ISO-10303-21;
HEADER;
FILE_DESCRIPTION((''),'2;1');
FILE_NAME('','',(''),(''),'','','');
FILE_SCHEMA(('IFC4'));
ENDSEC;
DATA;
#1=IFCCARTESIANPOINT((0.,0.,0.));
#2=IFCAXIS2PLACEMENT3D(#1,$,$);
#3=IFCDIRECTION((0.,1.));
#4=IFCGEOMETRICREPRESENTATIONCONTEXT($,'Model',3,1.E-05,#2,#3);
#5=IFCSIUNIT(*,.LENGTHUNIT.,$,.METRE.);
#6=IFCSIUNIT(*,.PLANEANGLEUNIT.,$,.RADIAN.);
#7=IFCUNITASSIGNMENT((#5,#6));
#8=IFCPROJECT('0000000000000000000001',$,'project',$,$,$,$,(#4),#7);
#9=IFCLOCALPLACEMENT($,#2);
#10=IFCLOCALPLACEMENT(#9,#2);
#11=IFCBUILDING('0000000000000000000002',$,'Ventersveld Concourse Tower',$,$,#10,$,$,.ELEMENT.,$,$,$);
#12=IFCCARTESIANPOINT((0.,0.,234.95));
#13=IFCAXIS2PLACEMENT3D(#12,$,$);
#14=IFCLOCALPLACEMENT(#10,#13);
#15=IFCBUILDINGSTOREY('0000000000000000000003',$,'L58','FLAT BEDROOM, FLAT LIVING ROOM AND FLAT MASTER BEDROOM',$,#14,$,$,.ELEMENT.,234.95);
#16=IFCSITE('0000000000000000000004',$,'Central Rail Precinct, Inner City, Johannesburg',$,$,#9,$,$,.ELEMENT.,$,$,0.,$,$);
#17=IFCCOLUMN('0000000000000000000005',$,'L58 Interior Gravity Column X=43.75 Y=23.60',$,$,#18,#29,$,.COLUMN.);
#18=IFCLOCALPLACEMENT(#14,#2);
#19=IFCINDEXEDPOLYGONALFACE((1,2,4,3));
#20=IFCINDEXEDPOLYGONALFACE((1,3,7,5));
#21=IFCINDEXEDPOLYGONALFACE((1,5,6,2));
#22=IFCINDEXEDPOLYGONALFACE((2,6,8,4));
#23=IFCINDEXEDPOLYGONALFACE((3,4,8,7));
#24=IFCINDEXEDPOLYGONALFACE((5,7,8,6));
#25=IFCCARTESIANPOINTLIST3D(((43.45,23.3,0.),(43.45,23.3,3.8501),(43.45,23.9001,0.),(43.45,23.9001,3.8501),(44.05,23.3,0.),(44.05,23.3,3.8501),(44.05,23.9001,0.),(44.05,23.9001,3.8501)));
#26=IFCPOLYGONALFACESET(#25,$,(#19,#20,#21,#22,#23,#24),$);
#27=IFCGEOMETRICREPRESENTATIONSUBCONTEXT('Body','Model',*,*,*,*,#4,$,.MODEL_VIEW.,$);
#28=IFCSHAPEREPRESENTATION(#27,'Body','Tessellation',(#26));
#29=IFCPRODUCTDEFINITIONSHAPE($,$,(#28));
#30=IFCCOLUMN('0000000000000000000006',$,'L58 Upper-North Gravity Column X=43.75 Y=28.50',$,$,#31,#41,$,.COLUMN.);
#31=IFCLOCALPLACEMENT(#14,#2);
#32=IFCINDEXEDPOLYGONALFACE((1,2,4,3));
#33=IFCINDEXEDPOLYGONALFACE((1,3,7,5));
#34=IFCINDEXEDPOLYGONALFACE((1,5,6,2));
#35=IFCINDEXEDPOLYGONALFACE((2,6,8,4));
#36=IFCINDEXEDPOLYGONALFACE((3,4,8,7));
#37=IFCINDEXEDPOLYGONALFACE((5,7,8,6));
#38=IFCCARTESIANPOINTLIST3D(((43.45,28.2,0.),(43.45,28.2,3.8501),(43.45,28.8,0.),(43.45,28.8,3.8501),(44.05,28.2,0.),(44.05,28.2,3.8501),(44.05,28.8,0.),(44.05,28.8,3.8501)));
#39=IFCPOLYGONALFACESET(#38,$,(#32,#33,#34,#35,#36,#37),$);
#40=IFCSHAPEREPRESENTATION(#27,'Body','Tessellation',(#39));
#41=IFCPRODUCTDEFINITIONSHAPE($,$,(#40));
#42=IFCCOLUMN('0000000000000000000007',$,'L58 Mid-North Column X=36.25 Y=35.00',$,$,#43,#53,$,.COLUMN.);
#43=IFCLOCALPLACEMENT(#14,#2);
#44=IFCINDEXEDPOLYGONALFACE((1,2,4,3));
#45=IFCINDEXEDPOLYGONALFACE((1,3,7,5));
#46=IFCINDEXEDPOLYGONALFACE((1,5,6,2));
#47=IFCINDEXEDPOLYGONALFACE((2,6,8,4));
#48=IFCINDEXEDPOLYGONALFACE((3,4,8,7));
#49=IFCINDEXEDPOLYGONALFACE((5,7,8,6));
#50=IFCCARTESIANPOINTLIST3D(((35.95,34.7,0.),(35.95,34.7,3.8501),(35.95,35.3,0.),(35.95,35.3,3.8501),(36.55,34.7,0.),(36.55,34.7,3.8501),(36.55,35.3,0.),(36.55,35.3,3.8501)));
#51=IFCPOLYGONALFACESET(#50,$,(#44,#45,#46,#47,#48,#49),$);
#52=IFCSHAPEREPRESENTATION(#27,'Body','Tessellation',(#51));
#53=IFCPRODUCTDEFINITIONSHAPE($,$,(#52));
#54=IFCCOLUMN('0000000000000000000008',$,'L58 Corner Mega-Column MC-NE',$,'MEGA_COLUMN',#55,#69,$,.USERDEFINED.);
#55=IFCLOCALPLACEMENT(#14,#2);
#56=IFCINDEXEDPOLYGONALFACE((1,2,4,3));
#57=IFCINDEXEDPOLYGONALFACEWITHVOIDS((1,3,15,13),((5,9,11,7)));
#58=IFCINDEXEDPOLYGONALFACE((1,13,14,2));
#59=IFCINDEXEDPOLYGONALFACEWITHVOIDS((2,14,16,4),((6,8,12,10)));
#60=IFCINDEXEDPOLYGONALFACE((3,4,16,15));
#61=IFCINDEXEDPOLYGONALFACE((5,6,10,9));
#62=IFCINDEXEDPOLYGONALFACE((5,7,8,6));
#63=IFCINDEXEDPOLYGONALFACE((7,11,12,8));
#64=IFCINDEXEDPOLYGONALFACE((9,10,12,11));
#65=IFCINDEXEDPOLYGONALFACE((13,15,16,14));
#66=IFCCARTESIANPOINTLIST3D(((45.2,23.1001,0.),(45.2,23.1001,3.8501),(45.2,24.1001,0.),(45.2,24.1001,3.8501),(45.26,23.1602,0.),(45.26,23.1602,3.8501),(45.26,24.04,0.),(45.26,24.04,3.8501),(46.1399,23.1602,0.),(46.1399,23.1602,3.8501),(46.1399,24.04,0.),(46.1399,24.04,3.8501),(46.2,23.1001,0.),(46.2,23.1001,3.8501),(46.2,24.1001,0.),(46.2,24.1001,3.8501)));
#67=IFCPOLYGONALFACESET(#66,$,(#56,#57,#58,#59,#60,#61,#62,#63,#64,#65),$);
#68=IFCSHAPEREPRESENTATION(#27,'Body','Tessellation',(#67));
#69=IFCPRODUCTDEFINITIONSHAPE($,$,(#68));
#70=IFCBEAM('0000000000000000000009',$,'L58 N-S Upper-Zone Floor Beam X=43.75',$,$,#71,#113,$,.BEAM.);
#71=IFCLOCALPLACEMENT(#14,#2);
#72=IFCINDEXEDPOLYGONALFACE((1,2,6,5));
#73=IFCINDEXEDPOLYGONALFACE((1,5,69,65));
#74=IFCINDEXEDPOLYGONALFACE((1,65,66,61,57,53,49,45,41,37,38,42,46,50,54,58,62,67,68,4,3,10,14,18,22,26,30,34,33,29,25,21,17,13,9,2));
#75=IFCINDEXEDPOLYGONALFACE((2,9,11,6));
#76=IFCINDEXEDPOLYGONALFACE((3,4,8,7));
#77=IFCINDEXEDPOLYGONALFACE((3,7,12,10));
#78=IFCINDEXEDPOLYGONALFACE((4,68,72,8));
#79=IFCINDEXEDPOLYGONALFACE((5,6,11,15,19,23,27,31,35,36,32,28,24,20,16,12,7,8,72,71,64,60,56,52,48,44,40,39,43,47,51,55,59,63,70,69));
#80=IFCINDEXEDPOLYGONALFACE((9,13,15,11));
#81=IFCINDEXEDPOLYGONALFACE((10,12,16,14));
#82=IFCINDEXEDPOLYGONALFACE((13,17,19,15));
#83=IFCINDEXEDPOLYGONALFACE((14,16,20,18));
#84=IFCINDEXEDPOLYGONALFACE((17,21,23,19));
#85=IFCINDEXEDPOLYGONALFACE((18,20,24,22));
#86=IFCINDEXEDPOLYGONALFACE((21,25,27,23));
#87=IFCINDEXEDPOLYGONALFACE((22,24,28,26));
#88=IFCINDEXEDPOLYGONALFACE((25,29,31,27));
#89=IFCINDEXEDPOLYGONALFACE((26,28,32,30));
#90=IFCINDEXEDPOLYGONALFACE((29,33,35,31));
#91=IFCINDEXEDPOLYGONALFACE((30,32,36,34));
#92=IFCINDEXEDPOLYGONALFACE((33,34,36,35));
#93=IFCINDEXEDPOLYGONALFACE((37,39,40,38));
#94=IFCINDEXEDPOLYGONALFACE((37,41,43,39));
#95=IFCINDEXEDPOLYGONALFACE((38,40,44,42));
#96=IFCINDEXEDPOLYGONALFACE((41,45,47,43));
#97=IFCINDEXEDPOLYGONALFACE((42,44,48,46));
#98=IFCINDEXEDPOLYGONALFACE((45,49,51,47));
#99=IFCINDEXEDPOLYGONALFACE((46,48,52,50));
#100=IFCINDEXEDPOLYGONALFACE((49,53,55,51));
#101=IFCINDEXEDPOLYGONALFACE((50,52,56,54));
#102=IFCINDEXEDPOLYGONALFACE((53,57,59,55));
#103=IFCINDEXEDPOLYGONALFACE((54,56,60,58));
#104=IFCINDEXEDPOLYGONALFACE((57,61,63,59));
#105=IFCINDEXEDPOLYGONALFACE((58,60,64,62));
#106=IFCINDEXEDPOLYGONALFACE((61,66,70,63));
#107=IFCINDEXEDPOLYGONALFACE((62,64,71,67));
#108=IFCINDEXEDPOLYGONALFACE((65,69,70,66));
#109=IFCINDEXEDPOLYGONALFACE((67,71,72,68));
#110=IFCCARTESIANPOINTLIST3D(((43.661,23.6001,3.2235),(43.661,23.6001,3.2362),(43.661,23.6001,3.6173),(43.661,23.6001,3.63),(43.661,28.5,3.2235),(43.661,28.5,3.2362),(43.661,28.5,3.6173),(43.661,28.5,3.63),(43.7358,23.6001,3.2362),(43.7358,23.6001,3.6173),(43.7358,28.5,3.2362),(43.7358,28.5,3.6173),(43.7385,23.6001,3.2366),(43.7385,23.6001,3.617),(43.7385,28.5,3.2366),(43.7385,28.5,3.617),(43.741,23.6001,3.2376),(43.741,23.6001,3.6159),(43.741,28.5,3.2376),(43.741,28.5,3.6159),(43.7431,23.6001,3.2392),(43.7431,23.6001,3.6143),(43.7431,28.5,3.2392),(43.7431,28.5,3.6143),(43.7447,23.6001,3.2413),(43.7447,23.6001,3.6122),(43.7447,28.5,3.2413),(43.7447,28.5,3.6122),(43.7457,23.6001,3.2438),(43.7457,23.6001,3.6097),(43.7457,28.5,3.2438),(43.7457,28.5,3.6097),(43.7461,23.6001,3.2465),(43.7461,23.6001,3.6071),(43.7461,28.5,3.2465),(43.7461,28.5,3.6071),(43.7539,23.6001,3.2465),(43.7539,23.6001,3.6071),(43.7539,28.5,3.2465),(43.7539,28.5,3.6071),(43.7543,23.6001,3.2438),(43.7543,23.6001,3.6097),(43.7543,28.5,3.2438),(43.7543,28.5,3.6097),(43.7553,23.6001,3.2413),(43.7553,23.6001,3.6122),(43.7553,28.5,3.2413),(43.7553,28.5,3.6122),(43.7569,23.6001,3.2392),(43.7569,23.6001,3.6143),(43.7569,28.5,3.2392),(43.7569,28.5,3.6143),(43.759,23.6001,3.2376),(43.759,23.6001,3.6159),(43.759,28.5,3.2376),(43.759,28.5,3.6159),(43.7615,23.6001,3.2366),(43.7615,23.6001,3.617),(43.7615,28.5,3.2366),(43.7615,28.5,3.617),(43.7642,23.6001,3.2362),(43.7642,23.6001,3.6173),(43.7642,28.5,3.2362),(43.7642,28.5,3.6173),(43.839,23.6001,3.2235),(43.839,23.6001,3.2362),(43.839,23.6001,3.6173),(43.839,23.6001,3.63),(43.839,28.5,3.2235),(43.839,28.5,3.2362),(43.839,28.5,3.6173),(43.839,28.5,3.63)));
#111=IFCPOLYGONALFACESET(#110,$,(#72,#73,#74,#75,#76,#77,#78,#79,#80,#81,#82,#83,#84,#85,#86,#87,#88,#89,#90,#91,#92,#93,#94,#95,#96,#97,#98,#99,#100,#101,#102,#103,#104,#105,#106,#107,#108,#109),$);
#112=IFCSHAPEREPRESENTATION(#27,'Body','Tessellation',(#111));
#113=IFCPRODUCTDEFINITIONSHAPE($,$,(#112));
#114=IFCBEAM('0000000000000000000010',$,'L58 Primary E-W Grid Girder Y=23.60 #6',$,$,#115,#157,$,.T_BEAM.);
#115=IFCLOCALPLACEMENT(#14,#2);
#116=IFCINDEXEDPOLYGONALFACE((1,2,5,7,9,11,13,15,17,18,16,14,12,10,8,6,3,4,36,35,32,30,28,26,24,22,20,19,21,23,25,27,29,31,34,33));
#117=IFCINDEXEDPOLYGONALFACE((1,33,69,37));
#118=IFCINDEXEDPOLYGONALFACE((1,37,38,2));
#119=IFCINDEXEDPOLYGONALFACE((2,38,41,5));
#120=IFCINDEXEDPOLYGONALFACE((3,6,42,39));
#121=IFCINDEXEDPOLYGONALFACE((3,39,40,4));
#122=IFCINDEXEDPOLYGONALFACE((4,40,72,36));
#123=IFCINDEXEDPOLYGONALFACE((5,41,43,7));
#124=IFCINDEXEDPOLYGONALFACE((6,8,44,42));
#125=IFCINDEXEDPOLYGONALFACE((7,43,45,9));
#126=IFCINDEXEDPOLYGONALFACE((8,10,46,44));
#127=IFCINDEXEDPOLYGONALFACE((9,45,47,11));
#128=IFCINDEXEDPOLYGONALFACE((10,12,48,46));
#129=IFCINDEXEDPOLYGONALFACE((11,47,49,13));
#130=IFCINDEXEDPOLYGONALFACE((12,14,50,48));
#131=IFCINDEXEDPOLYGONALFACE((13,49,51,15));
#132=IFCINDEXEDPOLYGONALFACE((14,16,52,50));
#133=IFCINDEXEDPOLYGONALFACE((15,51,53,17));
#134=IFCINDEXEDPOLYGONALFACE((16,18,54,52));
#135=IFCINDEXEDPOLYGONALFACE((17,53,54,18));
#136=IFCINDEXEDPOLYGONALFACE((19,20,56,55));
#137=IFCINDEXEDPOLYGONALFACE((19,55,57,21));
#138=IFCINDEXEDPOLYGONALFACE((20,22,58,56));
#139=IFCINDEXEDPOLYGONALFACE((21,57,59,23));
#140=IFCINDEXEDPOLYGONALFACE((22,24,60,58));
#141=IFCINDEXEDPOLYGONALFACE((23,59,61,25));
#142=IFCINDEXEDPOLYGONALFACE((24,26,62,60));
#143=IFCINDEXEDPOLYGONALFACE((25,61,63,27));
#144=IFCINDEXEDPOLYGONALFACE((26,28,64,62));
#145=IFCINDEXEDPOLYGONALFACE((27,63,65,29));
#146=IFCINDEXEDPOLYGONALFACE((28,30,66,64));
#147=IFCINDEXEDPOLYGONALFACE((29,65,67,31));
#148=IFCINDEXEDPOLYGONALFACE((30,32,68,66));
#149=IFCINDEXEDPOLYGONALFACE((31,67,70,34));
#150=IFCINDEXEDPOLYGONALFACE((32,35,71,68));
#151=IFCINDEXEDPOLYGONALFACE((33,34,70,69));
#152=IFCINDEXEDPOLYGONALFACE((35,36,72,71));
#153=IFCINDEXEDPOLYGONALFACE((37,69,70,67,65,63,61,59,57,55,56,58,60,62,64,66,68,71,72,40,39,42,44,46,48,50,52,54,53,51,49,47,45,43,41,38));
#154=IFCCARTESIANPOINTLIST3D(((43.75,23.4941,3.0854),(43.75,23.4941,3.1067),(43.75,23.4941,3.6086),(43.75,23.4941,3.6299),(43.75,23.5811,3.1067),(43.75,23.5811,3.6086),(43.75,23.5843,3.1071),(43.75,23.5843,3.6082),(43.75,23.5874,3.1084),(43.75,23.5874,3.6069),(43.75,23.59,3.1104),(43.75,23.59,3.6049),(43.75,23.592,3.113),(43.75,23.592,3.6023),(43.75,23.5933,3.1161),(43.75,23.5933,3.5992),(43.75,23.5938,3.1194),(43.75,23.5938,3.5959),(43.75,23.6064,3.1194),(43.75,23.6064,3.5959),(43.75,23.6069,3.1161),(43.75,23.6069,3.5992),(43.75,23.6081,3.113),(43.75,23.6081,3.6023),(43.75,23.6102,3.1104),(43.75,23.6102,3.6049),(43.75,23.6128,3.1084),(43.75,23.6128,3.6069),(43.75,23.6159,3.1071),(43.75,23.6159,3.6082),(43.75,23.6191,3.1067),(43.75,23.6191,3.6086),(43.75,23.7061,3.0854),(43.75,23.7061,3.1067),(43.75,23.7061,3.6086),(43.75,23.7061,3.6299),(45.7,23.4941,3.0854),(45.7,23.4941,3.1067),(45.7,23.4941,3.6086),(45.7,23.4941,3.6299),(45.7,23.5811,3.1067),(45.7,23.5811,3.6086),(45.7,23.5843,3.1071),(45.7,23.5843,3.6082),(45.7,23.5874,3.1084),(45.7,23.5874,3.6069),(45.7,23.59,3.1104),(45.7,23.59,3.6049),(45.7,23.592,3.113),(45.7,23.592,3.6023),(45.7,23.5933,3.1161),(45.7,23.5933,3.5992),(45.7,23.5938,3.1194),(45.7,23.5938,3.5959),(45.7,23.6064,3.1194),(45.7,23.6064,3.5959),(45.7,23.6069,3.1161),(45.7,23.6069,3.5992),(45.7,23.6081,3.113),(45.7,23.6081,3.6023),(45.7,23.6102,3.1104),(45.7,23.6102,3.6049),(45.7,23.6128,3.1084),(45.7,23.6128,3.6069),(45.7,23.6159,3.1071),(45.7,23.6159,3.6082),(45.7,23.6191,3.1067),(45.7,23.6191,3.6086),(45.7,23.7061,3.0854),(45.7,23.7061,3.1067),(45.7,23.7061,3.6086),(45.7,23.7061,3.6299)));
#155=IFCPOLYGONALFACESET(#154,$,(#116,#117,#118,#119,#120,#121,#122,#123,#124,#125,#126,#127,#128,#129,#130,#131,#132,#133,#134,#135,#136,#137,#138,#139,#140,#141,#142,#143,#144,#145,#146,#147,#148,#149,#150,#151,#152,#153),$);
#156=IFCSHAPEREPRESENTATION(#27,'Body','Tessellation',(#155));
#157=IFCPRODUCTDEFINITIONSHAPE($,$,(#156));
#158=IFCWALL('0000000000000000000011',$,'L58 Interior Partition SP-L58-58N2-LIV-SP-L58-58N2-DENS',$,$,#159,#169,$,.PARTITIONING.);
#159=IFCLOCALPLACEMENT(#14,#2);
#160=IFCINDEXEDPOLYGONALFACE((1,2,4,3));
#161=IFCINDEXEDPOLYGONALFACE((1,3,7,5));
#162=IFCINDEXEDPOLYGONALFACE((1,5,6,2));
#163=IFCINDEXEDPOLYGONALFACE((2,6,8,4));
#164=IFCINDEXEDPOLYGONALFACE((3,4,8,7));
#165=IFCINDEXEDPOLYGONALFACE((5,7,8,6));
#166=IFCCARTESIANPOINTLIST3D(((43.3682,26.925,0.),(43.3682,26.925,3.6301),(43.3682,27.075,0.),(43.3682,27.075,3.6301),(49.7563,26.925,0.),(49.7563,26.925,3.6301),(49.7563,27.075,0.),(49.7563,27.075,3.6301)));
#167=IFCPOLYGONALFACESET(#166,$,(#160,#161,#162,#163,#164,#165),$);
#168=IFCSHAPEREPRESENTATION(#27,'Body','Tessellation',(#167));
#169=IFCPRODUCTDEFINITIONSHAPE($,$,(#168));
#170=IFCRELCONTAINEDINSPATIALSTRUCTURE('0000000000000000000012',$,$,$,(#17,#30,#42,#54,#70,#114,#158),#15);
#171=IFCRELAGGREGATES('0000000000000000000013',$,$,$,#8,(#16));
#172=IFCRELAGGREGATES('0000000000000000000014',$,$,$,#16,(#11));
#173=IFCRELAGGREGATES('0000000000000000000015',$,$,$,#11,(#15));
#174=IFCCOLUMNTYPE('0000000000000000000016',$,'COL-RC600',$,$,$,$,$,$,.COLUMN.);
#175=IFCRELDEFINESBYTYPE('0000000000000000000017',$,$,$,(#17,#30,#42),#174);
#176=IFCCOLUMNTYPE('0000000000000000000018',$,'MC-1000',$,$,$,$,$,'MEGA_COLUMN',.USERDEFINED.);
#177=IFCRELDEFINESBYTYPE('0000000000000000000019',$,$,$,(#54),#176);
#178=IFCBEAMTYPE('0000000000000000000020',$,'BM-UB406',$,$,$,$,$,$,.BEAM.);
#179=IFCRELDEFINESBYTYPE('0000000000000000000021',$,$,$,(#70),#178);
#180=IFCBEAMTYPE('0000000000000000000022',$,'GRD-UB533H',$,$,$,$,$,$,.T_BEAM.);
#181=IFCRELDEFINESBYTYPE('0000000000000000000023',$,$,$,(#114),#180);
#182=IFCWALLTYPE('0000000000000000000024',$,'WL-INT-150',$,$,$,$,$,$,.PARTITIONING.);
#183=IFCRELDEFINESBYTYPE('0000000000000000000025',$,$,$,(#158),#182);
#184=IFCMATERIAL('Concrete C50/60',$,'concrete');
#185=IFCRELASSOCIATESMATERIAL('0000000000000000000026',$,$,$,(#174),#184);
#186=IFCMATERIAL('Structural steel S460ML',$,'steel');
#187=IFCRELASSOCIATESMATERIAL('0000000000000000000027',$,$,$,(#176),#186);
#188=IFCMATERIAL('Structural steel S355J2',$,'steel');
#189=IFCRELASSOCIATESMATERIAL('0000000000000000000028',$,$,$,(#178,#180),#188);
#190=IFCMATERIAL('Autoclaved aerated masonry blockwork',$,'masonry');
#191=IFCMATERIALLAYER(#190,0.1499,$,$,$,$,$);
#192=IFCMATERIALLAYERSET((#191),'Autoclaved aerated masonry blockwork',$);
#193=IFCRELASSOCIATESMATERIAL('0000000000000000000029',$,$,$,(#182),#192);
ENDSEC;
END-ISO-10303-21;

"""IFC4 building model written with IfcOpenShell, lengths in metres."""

from ifc_helpers import new_model, si_unit, direction, frame, frame_2d, origin, origin_2d, place, context, subcontext, project, spatial, rectangle, hollow_rectangle, i_section, extrude, material, layer, layer_set, material_profile, profile_set, type_object, element, save


model = new_model("IFC4")

# Units and contexts
model_context = context("Model", 3, precision=1e-05, world=origin(), true_north=direction((0.0, 1.0)))
body_context = subcontext(model_context, "Body", "Model", "MODEL_VIEW")
ifc_project = project(units=[si_unit("LENGTHUNIT", "METRE"), si_unit("PLANEANGLEUNIT", "RADIAN")], contexts=[model_context])

# Site, building, storey
site_placement = place(None, origin())
site = spatial("IfcSite", under=ifc_project, at=site_placement, Name="Central Rail Precinct, Inner City, Johannesburg", CompositionType="ELEMENT", RefElevation=0.0)
building_placement = place(site_placement, origin())
building = spatial("IfcBuilding", under=site, at=building_placement, Name="Ventersveld Concourse Tower", CompositionType="ELEMENT")
storey_placement = place(building_placement, frame((0.0, 0.0, 234.95)))
storey = spatial("IfcBuildingStorey", under=building, at=storey_placement, Name="L58", Description="FLAT BEDROOM, FLAT LIVING ROOM AND FLAT MASTER BEDROOM", CompositionType="ELEMENT", Elevation=234.95)

# Columns
ifc_material_1 = material(Name="Concrete C50/60", Category="concrete")
ifc_material_profile_1 = material_profile(ifc_material_1, rectangle(XDim=0.6001, YDim=0.6001, at=origin_2d()), Name="RC 600x600")
ifc_profile_set_1 = profile_set([ifc_material_profile_1], Name="Concrete C50/60")
column_type_1 = type_object("IfcColumnType", Name="COL-RC600", PredefinedType="COLUMN", material=ifc_profile_set_1)
for number, where, z_axis, x_axis, name in (
    (1, (43.75, 23.6001, 0.0), (0.0, 0.0, 1.0), (1.0, 0.0, 0.0), "L58 Interior Gravity Column X=43.75 Y=23.60"),
    (2, (43.75, 28.5, 0.0), (0.0, 0.0, 1.0), (1.0, 0.0, 0.0), "L58 Upper-North Gravity Column X=43.75 Y=28.50"),
    (3, (36.25, 35.0, 0.0), (0.0, 0.0, 1.0), (1.0, 0.0, 0.0), "L58 Mid-North Column X=36.25 Y=35.00"),
):
    element("IfcColumn", number, at=place(storey_placement, frame(where, z_axis=z_axis, x_axis=x_axis)), inside=storey, type_object=column_type_1, Name=name, PredefinedType="COLUMN", context=body_context, shape_type="SweptSolid", body=[
        extrude(rectangle(XDim=0.6001, YDim=0.6001, at=origin_2d()), origin(), (0.0, 0.0, 1.0), 3.8501),
    ])
ifc_material_2 = material(Name="Structural steel S460ML", Category="steel")
ifc_material_profile_2 = material_profile(ifc_material_2, hollow_rectangle(XDim=1.0, YDim=1.0, WallThickness=0.0601, at=origin_2d()), Name="BOX 1000x1000x60")
ifc_profile_set_2 = profile_set([ifc_material_profile_2], Name="Structural steel S460ML")
column_type_2 = type_object("IfcColumnType", Name="MC-1000", ElementType="MEGA_COLUMN", PredefinedType="USERDEFINED", material=ifc_profile_set_2)
column_placement = place(storey_placement, frame((45.7, 23.6001, 0.0), z_axis=(0.0, 0.0, 1.0), x_axis=(1.0, 0.0, 0.0)))
element("IfcColumn", 4, at=column_placement, inside=storey, type_object=column_type_2, Name="L58 Corner Mega-Column MC-NE", ObjectType="MEGA_COLUMN", PredefinedType="USERDEFINED", context=body_context, shape_type="SweptSolid", body=[
    extrude(hollow_rectangle(XDim=1.0, YDim=1.0, WallThickness=0.0601, at=origin_2d()), origin(), (0.0, 0.0, 1.0), 3.8501),
])

# Beams
ifc_material_3 = material(Name="Structural steel S355J2", Category="steel")
ifc_material_profile_3 = material_profile(ifc_material_3, i_section(OverallWidth=0.178, OverallDepth=0.4065, WebThickness=0.0078, FlangeThickness=0.0127, FilletRadius=0.0103, at=origin_2d()), Name="UB 406x178x60")
ifc_profile_set_3 = profile_set([ifc_material_profile_3], Name="Structural steel S355J2")
beam_type_1 = type_object("IfcBeamType", Name="BM-UB406", PredefinedType="BEAM", material=ifc_profile_set_3)
beam_1_placement = place(storey_placement, frame((43.75, 23.6001, 3.4268), z_axis=(0.0, 1.0, 0.0), x_axis=(-1.0, 0.0, 0.0)))
element("IfcBeam", 5, at=beam_1_placement, inside=storey, type_object=beam_type_1, Name="L58 N-S Upper-Zone Floor Beam X=43.75", PredefinedType="BEAM", context=body_context, shape_type="SweptSolid", body=[
    extrude(i_section(OverallWidth=0.178, OverallDepth=0.4065, WebThickness=0.0078, FlangeThickness=0.0127, FilletRadius=0.0103, at=origin_2d()), origin(), (0.0, 0.0, 1.0), 4.8999),
])
ifc_material_profile_4 = material_profile(ifc_material_3, i_section(OverallWidth=0.2119, OverallDepth=0.5444, WebThickness=0.0127, FlangeThickness=0.0212, FilletRadius=0.0127, at=origin_2d()), Name="UB 533x210x122")
ifc_profile_set_4 = profile_set([ifc_material_profile_4], Name="Structural steel S355J2")
beam_type_2 = type_object("IfcBeamType", Name="GRD-UB533H", PredefinedType="T_BEAM", material=ifc_profile_set_4)
beam_2_placement = place(storey_placement, frame((43.75, 23.6001, 3.3577), z_axis=(1.0, 0.0, 0.0), x_axis=(0.0, 1.0, 0.0)))
element("IfcBeam", 6, at=beam_2_placement, inside=storey, type_object=beam_type_2, Name="L58 Primary E-W Grid Girder Y=23.60 #6", PredefinedType="T_BEAM", context=body_context, shape_type="SweptSolid", body=[
    extrude(i_section(OverallWidth=0.2119, OverallDepth=0.5444, WebThickness=0.0127, FlangeThickness=0.0212, FilletRadius=0.0127, at=origin_2d()), origin(), (0.0, 0.0, 1.0), 1.95),
])

# Wall
ifc_material_4 = material(Name="Autoclaved aerated masonry blockwork", Category="masonry")
ifc_layer_1 = layer(ifc_material_4, 0.1499)
ifc_layer_set_1 = layer_set([ifc_layer_1], Name="Autoclaved aerated masonry blockwork")
wall_type_1 = type_object("IfcWallType", Name="WL-INT-150", PredefinedType="PARTITIONING", material=ifc_layer_set_1)
wall_1_placement = place(storey_placement, frame((43.3682, 27.0, 0.0), z_axis=(0.0, 0.0, 1.0), x_axis=(1.0, 0.0, 0.0)))
element("IfcWall", 7, at=wall_1_placement, inside=storey, type_object=wall_type_1, Name="L58 Interior Partition SP-L58-58N2-LIV-SP-L58-58N2-DENS", PredefinedType="PARTITIONING", context=body_context, shape_type="SweptSolid", body=[
    extrude(rectangle(XDim=6.3882, YDim=0.1499, at=frame_2d((3.1941, 0.0))), origin(), (0.0, 0.0, 1.0), 3.6301),
])

save(model, "model.ifc")
